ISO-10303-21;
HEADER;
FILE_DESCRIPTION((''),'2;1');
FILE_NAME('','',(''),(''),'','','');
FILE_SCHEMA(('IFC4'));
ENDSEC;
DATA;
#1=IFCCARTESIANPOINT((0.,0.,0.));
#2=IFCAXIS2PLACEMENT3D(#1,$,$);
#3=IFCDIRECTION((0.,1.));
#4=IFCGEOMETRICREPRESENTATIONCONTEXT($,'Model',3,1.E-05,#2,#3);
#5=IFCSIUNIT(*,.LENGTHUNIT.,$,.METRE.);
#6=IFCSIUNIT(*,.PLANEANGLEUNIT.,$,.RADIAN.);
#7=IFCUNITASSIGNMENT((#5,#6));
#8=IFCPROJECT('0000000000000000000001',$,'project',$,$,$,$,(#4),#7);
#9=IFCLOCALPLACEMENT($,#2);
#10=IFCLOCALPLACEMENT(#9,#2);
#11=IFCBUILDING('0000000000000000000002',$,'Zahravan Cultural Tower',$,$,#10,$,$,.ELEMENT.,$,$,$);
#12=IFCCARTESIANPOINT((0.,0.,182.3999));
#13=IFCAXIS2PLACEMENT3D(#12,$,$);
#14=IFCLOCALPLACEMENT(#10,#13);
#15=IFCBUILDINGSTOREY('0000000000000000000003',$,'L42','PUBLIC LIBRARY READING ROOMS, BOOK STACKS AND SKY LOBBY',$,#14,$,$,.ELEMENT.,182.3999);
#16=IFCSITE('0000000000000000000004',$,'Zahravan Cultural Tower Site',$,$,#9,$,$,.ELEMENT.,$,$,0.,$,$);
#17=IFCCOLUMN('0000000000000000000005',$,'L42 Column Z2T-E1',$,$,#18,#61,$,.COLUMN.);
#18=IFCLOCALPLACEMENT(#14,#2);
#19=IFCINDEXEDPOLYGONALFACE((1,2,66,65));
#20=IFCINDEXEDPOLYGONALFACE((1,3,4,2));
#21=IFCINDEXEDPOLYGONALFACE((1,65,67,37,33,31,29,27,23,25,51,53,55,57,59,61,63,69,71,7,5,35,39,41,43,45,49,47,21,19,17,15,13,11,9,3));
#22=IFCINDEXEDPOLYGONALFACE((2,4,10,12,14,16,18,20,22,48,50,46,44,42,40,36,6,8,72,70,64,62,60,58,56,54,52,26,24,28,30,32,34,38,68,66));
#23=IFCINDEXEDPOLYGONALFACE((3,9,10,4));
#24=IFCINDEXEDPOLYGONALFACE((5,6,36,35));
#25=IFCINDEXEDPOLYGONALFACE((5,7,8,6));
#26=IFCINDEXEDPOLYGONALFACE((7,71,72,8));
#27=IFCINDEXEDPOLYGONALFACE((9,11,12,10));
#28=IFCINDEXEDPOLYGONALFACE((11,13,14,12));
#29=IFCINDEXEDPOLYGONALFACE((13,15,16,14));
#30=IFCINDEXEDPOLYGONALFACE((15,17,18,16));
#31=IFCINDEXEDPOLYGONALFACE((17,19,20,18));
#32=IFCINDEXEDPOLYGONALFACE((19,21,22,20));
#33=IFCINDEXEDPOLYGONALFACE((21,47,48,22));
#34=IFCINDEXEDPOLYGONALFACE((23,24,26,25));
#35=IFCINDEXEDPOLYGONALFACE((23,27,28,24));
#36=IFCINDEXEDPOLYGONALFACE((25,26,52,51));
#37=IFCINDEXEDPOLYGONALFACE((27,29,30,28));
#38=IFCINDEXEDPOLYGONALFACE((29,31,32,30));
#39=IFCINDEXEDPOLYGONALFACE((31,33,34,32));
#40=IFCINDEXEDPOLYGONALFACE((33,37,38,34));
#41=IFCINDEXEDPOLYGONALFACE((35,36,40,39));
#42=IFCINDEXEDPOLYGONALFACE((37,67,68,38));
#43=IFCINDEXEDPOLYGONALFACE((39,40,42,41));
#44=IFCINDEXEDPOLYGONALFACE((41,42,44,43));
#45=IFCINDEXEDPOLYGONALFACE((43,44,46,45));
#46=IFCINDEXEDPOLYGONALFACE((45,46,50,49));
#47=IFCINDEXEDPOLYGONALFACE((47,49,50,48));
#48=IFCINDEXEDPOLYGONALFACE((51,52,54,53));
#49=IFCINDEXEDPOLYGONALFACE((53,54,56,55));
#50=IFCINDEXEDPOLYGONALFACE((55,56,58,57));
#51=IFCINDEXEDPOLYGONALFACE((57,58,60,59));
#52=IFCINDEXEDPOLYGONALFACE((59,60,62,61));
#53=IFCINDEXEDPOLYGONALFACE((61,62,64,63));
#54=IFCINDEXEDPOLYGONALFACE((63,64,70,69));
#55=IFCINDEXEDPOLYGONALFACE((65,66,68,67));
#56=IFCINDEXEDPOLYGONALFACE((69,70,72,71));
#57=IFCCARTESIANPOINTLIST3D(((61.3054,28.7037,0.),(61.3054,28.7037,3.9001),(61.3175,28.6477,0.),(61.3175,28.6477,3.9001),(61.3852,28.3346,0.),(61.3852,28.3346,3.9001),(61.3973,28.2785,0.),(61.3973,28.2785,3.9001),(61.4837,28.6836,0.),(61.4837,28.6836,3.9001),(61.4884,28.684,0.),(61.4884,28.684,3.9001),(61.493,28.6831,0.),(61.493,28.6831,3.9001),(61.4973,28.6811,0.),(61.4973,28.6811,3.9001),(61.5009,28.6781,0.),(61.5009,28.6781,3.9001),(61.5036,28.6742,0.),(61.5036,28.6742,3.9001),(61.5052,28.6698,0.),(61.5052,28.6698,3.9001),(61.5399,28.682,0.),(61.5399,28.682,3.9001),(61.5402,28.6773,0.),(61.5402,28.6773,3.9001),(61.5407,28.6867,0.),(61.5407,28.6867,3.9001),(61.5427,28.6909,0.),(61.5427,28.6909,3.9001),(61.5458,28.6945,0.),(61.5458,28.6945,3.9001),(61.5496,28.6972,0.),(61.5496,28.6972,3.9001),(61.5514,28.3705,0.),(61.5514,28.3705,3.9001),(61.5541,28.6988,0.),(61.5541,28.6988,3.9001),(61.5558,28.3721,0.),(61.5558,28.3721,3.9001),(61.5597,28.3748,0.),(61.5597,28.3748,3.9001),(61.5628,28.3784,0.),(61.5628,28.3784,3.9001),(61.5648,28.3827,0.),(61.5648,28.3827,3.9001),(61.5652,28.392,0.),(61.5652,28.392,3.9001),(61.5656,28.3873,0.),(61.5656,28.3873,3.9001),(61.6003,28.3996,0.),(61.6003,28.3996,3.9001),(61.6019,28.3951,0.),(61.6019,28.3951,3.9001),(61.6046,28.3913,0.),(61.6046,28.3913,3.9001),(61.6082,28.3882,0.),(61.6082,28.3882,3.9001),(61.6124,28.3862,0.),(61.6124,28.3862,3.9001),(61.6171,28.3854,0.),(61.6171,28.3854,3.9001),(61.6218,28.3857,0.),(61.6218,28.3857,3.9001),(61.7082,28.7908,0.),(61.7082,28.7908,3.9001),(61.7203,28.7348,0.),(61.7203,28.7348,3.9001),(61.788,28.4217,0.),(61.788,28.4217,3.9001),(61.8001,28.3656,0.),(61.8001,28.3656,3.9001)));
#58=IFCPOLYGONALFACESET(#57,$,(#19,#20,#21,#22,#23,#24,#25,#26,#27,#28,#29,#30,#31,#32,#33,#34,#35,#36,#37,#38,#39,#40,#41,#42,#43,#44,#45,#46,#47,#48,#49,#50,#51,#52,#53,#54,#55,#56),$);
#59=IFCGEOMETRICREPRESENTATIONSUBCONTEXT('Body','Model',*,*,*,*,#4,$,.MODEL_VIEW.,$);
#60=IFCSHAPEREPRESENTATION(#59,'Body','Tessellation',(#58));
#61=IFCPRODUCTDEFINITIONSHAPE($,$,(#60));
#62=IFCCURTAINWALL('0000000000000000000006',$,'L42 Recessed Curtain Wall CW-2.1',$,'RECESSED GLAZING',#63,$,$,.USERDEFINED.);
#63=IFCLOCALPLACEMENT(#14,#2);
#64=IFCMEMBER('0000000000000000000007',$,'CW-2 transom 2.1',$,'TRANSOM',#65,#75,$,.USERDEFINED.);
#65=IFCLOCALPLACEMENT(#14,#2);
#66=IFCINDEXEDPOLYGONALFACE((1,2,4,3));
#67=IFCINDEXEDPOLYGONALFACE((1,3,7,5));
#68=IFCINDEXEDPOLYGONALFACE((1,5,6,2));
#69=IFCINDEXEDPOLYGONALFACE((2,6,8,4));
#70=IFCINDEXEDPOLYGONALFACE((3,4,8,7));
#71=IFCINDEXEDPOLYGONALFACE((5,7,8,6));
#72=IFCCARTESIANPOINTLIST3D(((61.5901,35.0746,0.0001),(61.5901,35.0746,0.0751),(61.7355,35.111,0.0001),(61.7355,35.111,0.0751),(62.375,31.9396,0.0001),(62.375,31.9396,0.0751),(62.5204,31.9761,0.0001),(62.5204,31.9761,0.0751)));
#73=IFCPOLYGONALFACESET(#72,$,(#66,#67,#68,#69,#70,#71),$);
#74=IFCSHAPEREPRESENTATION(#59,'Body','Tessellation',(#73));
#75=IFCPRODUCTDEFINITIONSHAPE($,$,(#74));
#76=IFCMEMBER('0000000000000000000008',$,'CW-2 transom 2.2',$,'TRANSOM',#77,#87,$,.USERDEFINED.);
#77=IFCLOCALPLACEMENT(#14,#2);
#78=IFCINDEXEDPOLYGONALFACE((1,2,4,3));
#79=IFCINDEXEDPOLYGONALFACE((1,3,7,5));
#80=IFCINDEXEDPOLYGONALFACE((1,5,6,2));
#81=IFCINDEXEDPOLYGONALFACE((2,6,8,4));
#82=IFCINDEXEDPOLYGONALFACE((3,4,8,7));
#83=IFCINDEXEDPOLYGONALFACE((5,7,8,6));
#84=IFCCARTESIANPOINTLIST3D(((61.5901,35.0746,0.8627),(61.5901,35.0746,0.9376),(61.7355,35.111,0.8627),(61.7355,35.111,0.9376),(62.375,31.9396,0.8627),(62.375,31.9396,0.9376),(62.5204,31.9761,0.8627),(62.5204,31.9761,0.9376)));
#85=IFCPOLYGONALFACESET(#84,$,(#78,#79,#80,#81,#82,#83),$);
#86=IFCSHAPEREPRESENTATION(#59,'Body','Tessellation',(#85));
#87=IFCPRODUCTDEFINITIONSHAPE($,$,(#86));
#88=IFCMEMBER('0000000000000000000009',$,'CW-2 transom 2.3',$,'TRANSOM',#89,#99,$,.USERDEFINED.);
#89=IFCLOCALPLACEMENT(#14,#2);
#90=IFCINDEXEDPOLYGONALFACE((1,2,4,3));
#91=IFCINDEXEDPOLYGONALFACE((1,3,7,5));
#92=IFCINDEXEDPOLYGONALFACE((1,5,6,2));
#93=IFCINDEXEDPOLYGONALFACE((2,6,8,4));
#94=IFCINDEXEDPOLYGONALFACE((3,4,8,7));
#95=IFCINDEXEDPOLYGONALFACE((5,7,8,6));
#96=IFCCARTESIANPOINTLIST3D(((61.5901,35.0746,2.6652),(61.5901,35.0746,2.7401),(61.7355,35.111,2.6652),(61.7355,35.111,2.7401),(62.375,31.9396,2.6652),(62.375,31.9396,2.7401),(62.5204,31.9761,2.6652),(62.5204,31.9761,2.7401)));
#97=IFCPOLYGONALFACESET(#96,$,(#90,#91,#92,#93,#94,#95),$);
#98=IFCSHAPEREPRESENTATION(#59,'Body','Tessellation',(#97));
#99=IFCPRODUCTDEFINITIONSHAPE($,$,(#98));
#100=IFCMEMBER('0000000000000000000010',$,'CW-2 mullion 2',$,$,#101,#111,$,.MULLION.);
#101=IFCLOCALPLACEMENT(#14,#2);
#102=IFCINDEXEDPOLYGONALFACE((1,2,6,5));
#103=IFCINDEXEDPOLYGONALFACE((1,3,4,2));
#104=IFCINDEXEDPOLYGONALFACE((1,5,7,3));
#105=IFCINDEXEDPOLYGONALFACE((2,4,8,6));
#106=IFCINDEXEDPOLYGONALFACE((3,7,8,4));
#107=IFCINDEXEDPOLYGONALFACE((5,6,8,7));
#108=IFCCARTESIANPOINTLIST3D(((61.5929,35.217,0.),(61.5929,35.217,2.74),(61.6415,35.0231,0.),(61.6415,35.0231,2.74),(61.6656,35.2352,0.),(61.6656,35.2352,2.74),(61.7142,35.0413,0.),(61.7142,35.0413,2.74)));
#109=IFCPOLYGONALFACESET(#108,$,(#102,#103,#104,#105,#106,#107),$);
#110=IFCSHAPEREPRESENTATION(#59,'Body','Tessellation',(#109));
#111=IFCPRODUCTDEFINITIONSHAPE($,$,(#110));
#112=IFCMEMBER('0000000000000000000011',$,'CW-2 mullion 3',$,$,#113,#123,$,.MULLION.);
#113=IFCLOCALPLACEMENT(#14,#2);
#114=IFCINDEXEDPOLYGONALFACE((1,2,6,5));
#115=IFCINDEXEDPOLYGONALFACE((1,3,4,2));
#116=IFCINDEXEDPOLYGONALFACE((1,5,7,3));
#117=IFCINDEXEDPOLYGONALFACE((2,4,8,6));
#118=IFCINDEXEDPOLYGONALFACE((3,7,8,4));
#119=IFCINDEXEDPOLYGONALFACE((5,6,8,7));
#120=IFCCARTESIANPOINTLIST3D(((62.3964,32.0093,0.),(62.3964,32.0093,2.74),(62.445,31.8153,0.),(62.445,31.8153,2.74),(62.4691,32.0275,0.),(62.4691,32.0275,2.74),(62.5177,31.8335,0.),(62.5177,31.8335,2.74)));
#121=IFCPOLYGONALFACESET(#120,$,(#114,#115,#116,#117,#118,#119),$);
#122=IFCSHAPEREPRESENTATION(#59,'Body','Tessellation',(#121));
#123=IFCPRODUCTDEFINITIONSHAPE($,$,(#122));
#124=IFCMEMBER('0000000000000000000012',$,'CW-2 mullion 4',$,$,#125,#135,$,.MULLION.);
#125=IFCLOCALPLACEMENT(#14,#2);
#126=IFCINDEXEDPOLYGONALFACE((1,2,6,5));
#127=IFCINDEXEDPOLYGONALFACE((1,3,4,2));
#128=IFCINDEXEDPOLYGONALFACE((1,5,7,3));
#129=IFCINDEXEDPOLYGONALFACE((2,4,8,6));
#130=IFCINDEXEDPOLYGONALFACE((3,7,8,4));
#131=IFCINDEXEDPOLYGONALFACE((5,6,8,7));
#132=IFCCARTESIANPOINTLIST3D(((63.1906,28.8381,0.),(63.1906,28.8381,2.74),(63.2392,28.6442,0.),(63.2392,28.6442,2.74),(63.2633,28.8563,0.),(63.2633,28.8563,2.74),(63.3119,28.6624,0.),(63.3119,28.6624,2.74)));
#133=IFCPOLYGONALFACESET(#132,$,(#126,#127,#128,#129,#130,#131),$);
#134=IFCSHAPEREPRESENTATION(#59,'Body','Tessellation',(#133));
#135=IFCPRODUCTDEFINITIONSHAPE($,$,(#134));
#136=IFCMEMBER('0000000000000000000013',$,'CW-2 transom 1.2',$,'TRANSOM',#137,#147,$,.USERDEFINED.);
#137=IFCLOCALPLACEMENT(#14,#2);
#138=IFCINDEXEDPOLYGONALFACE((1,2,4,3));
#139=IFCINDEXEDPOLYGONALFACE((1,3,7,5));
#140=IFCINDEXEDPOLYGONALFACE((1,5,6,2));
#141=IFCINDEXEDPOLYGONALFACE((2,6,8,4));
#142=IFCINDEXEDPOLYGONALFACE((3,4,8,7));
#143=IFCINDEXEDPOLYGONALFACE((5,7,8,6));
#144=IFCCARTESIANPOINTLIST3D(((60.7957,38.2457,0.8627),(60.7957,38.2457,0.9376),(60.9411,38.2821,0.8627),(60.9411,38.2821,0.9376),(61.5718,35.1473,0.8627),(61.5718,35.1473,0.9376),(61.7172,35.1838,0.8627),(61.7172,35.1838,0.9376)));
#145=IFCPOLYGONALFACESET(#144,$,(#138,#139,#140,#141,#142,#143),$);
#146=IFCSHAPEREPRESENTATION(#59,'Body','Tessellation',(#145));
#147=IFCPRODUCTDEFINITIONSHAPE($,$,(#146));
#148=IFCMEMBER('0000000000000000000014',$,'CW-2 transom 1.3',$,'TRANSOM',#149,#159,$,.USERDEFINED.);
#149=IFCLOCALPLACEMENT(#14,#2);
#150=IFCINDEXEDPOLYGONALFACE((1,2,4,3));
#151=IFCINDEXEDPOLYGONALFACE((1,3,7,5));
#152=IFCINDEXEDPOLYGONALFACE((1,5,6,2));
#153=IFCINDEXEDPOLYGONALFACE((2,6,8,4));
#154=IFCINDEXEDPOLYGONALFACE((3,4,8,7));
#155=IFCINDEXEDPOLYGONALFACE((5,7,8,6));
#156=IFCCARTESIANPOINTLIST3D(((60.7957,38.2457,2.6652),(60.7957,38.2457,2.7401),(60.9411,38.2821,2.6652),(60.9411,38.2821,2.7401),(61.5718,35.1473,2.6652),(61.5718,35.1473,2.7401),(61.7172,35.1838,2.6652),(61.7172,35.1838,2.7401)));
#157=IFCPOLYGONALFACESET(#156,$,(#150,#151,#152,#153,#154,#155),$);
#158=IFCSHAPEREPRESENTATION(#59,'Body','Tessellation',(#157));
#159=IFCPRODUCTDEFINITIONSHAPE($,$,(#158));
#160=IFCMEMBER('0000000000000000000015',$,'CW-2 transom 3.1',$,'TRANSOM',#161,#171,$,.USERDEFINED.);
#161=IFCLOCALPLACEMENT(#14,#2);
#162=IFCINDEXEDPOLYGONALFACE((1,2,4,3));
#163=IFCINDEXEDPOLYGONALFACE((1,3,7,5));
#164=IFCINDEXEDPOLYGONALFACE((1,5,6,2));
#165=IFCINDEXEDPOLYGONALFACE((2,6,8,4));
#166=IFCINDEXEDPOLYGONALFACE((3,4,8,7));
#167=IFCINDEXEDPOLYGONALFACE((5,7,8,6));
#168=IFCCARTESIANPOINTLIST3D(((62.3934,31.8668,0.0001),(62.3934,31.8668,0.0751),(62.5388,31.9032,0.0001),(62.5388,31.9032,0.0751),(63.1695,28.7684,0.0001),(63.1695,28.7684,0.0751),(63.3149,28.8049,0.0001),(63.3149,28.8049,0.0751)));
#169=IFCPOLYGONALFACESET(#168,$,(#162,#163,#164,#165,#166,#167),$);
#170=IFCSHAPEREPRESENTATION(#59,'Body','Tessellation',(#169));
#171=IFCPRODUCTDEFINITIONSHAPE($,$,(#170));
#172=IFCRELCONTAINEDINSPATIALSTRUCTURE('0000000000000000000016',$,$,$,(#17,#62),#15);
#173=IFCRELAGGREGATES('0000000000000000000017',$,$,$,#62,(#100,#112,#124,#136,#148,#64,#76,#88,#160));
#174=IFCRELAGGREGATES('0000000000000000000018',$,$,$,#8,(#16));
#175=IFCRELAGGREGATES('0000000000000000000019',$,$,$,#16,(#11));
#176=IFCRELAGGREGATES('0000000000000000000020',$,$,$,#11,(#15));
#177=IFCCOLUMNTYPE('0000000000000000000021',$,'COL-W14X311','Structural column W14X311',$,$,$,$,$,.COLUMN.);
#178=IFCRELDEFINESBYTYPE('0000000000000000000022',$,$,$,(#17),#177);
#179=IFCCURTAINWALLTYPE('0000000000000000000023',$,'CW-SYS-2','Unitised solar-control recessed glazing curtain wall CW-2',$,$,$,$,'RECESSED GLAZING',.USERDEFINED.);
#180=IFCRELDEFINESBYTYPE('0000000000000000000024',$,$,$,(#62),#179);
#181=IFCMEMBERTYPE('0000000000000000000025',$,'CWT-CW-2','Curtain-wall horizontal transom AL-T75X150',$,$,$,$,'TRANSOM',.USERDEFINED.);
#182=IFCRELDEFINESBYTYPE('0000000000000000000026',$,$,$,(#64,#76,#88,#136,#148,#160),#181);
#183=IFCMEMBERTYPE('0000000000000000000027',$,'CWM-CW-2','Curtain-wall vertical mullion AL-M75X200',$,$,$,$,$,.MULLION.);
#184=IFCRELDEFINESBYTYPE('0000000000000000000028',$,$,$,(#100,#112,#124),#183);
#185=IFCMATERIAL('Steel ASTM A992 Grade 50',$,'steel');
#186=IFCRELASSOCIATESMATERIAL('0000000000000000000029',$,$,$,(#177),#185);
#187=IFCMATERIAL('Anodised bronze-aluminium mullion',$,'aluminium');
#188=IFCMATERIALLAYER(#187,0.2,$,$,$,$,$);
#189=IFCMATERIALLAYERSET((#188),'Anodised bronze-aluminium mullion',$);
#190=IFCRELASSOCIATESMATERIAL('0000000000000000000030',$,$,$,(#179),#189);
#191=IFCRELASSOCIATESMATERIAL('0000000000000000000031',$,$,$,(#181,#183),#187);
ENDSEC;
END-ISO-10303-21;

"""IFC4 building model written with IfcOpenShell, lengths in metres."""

from ifc_helpers import new_model, si_unit, direction, frame, origin, origin_2d, place, context, subcontext, project, spatial, rectangle, i_section, extrude, source, transform, mapped, material, layer, layer_set, material_profile, profile_set, type_object, element, aggregate, save


model = new_model("IFC4")

# Units and contexts
model_context = context("Model", 3, precision=1e-05, world=origin(), true_north=direction((0.0, 1.0)))
body_context = subcontext(model_context, "Body", "Model", "MODEL_VIEW")
ifc_project = project(units=[si_unit("LENGTHUNIT", "METRE"), si_unit("PLANEANGLEUNIT", "RADIAN")], contexts=[model_context])

# Site, building, storey
site_placement = place(None, origin())
site = spatial("IfcSite", under=ifc_project, at=site_placement, Name="Zahravan Cultural Tower Site", CompositionType="ELEMENT", RefElevation=0.0)
building_placement = place(site_placement, origin())
building = spatial("IfcBuilding", under=site, at=building_placement, Name="Zahravan Cultural Tower", CompositionType="ELEMENT")
storey_placement = place(building_placement, frame((0.0, 0.0, 182.3999)))
storey = spatial("IfcBuildingStorey", under=building, at=storey_placement, Name="L42", Description="PUBLIC LIBRARY READING ROOMS, BOOK STACKS AND SKY LOBBY", CompositionType="ELEMENT", Elevation=182.3999)

# Column
ifc_material_1 = material(Name="Steel ASTM A992 Grade 50", Category="steel")
ifc_material_profile_1 = material_profile(ifc_material_1, i_section(OverallWidth=0.4121, OverallDepth=0.4351, WebThickness=0.0359, FlangeThickness=0.0574, FilletRadius=0.0181, at=origin_2d()), Name="W14X311")
ifc_profile_set_1 = profile_set([ifc_material_profile_1], Name="Steel ASTM A992 Grade 50")
column_type = type_object("IfcColumnType", Name="COL-W14X311", Description="Structural column W14X311", PredefinedType="COLUMN", material=ifc_profile_set_1)
shared_shape_1 = source(origin(), body_context, "Body", "SweptSolid", [
    extrude(i_section(OverallWidth=0.4121, OverallDepth=0.4351, WebThickness=0.0359, FlangeThickness=0.0574, FilletRadius=0.0181, at=origin_2d()), origin(), (0.0, 0.0, 1.0), 3.9001),
])
column_placement = place(storey_placement, frame((61.5527, 28.5347, 0.0), z_axis=(0.0, 0.0, 1.0), x_axis=(0.977416, 0.211325, 0.0)))
element("IfcColumn", 1, at=column_placement, inside=storey, type_object=column_type, Name="L42 Column Z2T-E1", PredefinedType="COLUMN", context=body_context, shape_type="MappedRepresentation", body=[
    mapped(shared_shape_1, transform((0.0, 0.0, 0.0), x_axis=(1.0, 0.0, 0.0), y_axis=(0.0, 1.0, 0.0), z_axis=(0.0, 0.0, 1.0), scale=1.0)),
])

# Curtain wall, members
ifc_material_2 = material(Name="Anodised bronze-aluminium mullion", Category="aluminium")
ifc_layer_1 = layer(ifc_material_2, 0.2)
ifc_layer_set_1 = layer_set([ifc_layer_1], Name="Anodised bronze-aluminium mullion")
curtain_wall_type = type_object("IfcCurtainWallType", Name="CW-SYS-2", Description="Unitised solar-control recessed glazing curtain wall CW-2", ElementType="RECESSED GLAZING", PredefinedType="USERDEFINED", material=ifc_layer_set_1)
curtain_wall_placement = place(storey_placement, origin())
curtain_wall = element("IfcCurtainWall", 2, at=curtain_wall_placement, inside=storey, type_object=curtain_wall_type, Name="L42 Recessed Curtain Wall CW-2.1", ObjectType="RECESSED GLAZING", PredefinedType="USERDEFINED")
ifc_material_profile_2 = material_profile(ifc_material_2, rectangle(XDim=0.1499, YDim=0.075, at=origin_2d()), Name="AL-T75X150")
ifc_profile_set_2 = profile_set([ifc_material_profile_2], Name="Anodised bronze-aluminium mullion")
member_type_1 = type_object("IfcMemberType", Name="CWT-CW-2", Description="Curtain-wall horizontal transom AL-T75X150", ElementType="TRANSOM", PredefinedType="USERDEFINED", material=ifc_profile_set_2)
shared_shape_2 = source(origin(), body_context, "Body", "SweptSolid", [
    extrude(rectangle(XDim=0.1499, YDim=0.075, at=origin_2d()), origin(), (0.0, 0.0, 1.0), 3.2317),
])
member_1_placement = place(storey_placement, frame((61.6628, 35.0928, 0.0376), z_axis=(0.242873, -0.970058, 0.0), x_axis=(0.970058, 0.242873, 0.0)))
member_1 = element("IfcMember", 3, at=member_1_placement, type_object=member_type_1, Name="CW-2 transom 2.1", ObjectType="TRANSOM", PredefinedType="USERDEFINED", context=body_context, shape_type="MappedRepresentation", body=[
    mapped(shared_shape_2, transform((0.0, 0.0, 0.0), x_axis=(1.0, 0.0, 0.0), y_axis=(0.0, 1.0, 0.0), z_axis=(0.0, 0.0, 1.0), scale=1.0)),
])
member_2_placement = place(storey_placement, frame((61.6628, 35.0928, 0.9001), z_axis=(0.242873, -0.970058, 0.0), x_axis=(0.970058, 0.242873, 0.0)))
member_2 = element("IfcMember", 4, at=member_2_placement, type_object=member_type_1, Name="CW-2 transom 2.2", ObjectType="TRANSOM", PredefinedType="USERDEFINED", context=body_context, shape_type="MappedRepresentation", body=[
    mapped(shared_shape_2, transform((0.0, 0.0, 0.0), x_axis=(1.0, 0.0, 0.0), y_axis=(0.0, 1.0, 0.0), z_axis=(0.0, 0.0, 1.0), scale=1.0)),
])
member_3_placement = place(storey_placement, frame((61.6628, 35.0928, 2.7026), z_axis=(0.242873, -0.970058, 0.0), x_axis=(0.970058, 0.242873, 0.0)))
member_3 = element("IfcMember", 5, at=member_3_placement, type_object=member_type_1, Name="CW-2 transom 2.3", ObjectType="TRANSOM", PredefinedType="USERDEFINED", context=body_context, shape_type="MappedRepresentation", body=[
    mapped(shared_shape_2, transform((0.0, 0.0, 0.0), x_axis=(1.0, 0.0, 0.0), y_axis=(0.0, 1.0, 0.0), z_axis=(0.0, 0.0, 1.0), scale=1.0)),
])
ifc_material_profile_3 = material_profile(ifc_material_2, rectangle(XDim=0.075, YDim=0.2, at=origin_2d()), Name="AL-M75X200")
ifc_profile_set_3 = profile_set([ifc_material_profile_3], Name="Anodised bronze-aluminium mullion")
member_type_2 = type_object("IfcMemberType", Name="CWM-CW-2", Description="Curtain-wall vertical mullion AL-M75X200", PredefinedType="MULLION", material=ifc_profile_set_3)
shared_shape_3 = source(origin(), body_context, "Body", "SweptSolid", [
    extrude(rectangle(XDim=0.075, YDim=0.2, at=origin_2d()), origin(), (0.0, 0.0, 1.0), 2.74),
])
member_4_placement = place(storey_placement, frame((61.6536, 35.1292, 0.0), z_axis=(0.0, 0.0, 1.0), x_axis=(0.97004, 0.242944, 0.0)))
member_4 = element("IfcMember", 6, at=member_4_placement, type_object=member_type_2, Name="CW-2 mullion 2", PredefinedType="MULLION", context=body_context, shape_type="MappedRepresentation", body=[
    mapped(shared_shape_3, transform((0.0, 0.0, 0.0), x_axis=(1.0, 0.0, 0.0), y_axis=(0.0, 1.0, 0.0), z_axis=(0.0, 0.0, 1.0), scale=1.0)),
])
member_5_placement = place(storey_placement, frame((62.457, 31.9214, 0.0), z_axis=(0.0, 0.0, 1.0), x_axis=(0.97004, 0.242944, 0.0)))
member_5 = element("IfcMember", 7, at=member_5_placement, type_object=member_type_2, Name="CW-2 mullion 3", PredefinedType="MULLION", context=body_context, shape_type="MappedRepresentation", body=[
    mapped(shared_shape_3, transform((0.0, 0.0, 0.0), x_axis=(1.0, 0.0, 0.0), y_axis=(0.0, 1.0, 0.0), z_axis=(0.0, 0.0, 1.0), scale=1.0)),
])
member_6_placement = place(storey_placement, frame((63.2512, 28.7502, 0.0), z_axis=(0.0, 0.0, 1.0), x_axis=(0.97004, 0.242944, 0.0)))
member_6 = element("IfcMember", 8, at=member_6_placement, type_object=member_type_2, Name="CW-2 mullion 4", PredefinedType="MULLION", context=body_context, shape_type="MappedRepresentation", body=[
    mapped(shared_shape_3, transform((0.0, 0.0, 0.0), x_axis=(1.0, 0.0, 0.0), y_axis=(0.0, 1.0, 0.0), z_axis=(0.0, 0.0, 1.0), scale=1.0)),
])
shared_shape_4 = source(origin(), body_context, "Body", "SweptSolid", [
    extrude(rectangle(XDim=0.1499, YDim=0.075, at=origin_2d()), origin(), (0.0, 0.0, 1.0), 3.1941),
])
member_7_placement = place(storey_placement, frame((60.8684, 38.2639, 0.9001), z_axis=(0.242985, -0.97003, 0.0), x_axis=(0.97003, 0.242985, 0.0)))
member_7 = element("IfcMember", 9, at=member_7_placement, type_object=member_type_1, Name="CW-2 transom 1.2", ObjectType="TRANSOM", PredefinedType="USERDEFINED", context=body_context, shape_type="MappedRepresentation", body=[
    mapped(shared_shape_4, transform((0.0, 0.0, 0.0), x_axis=(1.0, 0.0, 0.0), y_axis=(0.0, 1.0, 0.0), z_axis=(0.0, 0.0, 1.0), scale=1.0)),
])
member_8_placement = place(storey_placement, frame((60.8684, 38.2639, 2.7026), z_axis=(0.242985, -0.97003, 0.0), x_axis=(0.97003, 0.242985, 0.0)))
member_8 = element("IfcMember", 10, at=member_8_placement, type_object=member_type_1, Name="CW-2 transom 1.3", ObjectType="TRANSOM", PredefinedType="USERDEFINED", context=body_context, shape_type="MappedRepresentation", body=[
    mapped(shared_shape_4, transform((0.0, 0.0, 0.0), x_axis=(1.0, 0.0, 0.0), y_axis=(0.0, 1.0, 0.0), z_axis=(0.0, 0.0, 1.0), scale=1.0)),
])
member_9_placement = place(storey_placement, frame((62.4661, 31.885, 0.0376), z_axis=(0.242985, -0.97003, 0.0), x_axis=(0.97003, 0.242985, 0.0)))
member_9 = element("IfcMember", 11, at=member_9_placement, type_object=member_type_1, Name="CW-2 transom 3.1", ObjectType="TRANSOM", PredefinedType="USERDEFINED", context=body_context, shape_type="MappedRepresentation", body=[
    mapped(shared_shape_4, transform((0.0, 0.0, 0.0), x_axis=(1.0, 0.0, 0.0), y_axis=(0.0, 1.0, 0.0), z_axis=(0.0, 0.0, 1.0), scale=1.0)),
])
aggregate(curtain_wall, [member_4, member_5, member_6, member_7, member_8, member_1, member_2, member_3, member_9])

save(model, "model.ifc")
